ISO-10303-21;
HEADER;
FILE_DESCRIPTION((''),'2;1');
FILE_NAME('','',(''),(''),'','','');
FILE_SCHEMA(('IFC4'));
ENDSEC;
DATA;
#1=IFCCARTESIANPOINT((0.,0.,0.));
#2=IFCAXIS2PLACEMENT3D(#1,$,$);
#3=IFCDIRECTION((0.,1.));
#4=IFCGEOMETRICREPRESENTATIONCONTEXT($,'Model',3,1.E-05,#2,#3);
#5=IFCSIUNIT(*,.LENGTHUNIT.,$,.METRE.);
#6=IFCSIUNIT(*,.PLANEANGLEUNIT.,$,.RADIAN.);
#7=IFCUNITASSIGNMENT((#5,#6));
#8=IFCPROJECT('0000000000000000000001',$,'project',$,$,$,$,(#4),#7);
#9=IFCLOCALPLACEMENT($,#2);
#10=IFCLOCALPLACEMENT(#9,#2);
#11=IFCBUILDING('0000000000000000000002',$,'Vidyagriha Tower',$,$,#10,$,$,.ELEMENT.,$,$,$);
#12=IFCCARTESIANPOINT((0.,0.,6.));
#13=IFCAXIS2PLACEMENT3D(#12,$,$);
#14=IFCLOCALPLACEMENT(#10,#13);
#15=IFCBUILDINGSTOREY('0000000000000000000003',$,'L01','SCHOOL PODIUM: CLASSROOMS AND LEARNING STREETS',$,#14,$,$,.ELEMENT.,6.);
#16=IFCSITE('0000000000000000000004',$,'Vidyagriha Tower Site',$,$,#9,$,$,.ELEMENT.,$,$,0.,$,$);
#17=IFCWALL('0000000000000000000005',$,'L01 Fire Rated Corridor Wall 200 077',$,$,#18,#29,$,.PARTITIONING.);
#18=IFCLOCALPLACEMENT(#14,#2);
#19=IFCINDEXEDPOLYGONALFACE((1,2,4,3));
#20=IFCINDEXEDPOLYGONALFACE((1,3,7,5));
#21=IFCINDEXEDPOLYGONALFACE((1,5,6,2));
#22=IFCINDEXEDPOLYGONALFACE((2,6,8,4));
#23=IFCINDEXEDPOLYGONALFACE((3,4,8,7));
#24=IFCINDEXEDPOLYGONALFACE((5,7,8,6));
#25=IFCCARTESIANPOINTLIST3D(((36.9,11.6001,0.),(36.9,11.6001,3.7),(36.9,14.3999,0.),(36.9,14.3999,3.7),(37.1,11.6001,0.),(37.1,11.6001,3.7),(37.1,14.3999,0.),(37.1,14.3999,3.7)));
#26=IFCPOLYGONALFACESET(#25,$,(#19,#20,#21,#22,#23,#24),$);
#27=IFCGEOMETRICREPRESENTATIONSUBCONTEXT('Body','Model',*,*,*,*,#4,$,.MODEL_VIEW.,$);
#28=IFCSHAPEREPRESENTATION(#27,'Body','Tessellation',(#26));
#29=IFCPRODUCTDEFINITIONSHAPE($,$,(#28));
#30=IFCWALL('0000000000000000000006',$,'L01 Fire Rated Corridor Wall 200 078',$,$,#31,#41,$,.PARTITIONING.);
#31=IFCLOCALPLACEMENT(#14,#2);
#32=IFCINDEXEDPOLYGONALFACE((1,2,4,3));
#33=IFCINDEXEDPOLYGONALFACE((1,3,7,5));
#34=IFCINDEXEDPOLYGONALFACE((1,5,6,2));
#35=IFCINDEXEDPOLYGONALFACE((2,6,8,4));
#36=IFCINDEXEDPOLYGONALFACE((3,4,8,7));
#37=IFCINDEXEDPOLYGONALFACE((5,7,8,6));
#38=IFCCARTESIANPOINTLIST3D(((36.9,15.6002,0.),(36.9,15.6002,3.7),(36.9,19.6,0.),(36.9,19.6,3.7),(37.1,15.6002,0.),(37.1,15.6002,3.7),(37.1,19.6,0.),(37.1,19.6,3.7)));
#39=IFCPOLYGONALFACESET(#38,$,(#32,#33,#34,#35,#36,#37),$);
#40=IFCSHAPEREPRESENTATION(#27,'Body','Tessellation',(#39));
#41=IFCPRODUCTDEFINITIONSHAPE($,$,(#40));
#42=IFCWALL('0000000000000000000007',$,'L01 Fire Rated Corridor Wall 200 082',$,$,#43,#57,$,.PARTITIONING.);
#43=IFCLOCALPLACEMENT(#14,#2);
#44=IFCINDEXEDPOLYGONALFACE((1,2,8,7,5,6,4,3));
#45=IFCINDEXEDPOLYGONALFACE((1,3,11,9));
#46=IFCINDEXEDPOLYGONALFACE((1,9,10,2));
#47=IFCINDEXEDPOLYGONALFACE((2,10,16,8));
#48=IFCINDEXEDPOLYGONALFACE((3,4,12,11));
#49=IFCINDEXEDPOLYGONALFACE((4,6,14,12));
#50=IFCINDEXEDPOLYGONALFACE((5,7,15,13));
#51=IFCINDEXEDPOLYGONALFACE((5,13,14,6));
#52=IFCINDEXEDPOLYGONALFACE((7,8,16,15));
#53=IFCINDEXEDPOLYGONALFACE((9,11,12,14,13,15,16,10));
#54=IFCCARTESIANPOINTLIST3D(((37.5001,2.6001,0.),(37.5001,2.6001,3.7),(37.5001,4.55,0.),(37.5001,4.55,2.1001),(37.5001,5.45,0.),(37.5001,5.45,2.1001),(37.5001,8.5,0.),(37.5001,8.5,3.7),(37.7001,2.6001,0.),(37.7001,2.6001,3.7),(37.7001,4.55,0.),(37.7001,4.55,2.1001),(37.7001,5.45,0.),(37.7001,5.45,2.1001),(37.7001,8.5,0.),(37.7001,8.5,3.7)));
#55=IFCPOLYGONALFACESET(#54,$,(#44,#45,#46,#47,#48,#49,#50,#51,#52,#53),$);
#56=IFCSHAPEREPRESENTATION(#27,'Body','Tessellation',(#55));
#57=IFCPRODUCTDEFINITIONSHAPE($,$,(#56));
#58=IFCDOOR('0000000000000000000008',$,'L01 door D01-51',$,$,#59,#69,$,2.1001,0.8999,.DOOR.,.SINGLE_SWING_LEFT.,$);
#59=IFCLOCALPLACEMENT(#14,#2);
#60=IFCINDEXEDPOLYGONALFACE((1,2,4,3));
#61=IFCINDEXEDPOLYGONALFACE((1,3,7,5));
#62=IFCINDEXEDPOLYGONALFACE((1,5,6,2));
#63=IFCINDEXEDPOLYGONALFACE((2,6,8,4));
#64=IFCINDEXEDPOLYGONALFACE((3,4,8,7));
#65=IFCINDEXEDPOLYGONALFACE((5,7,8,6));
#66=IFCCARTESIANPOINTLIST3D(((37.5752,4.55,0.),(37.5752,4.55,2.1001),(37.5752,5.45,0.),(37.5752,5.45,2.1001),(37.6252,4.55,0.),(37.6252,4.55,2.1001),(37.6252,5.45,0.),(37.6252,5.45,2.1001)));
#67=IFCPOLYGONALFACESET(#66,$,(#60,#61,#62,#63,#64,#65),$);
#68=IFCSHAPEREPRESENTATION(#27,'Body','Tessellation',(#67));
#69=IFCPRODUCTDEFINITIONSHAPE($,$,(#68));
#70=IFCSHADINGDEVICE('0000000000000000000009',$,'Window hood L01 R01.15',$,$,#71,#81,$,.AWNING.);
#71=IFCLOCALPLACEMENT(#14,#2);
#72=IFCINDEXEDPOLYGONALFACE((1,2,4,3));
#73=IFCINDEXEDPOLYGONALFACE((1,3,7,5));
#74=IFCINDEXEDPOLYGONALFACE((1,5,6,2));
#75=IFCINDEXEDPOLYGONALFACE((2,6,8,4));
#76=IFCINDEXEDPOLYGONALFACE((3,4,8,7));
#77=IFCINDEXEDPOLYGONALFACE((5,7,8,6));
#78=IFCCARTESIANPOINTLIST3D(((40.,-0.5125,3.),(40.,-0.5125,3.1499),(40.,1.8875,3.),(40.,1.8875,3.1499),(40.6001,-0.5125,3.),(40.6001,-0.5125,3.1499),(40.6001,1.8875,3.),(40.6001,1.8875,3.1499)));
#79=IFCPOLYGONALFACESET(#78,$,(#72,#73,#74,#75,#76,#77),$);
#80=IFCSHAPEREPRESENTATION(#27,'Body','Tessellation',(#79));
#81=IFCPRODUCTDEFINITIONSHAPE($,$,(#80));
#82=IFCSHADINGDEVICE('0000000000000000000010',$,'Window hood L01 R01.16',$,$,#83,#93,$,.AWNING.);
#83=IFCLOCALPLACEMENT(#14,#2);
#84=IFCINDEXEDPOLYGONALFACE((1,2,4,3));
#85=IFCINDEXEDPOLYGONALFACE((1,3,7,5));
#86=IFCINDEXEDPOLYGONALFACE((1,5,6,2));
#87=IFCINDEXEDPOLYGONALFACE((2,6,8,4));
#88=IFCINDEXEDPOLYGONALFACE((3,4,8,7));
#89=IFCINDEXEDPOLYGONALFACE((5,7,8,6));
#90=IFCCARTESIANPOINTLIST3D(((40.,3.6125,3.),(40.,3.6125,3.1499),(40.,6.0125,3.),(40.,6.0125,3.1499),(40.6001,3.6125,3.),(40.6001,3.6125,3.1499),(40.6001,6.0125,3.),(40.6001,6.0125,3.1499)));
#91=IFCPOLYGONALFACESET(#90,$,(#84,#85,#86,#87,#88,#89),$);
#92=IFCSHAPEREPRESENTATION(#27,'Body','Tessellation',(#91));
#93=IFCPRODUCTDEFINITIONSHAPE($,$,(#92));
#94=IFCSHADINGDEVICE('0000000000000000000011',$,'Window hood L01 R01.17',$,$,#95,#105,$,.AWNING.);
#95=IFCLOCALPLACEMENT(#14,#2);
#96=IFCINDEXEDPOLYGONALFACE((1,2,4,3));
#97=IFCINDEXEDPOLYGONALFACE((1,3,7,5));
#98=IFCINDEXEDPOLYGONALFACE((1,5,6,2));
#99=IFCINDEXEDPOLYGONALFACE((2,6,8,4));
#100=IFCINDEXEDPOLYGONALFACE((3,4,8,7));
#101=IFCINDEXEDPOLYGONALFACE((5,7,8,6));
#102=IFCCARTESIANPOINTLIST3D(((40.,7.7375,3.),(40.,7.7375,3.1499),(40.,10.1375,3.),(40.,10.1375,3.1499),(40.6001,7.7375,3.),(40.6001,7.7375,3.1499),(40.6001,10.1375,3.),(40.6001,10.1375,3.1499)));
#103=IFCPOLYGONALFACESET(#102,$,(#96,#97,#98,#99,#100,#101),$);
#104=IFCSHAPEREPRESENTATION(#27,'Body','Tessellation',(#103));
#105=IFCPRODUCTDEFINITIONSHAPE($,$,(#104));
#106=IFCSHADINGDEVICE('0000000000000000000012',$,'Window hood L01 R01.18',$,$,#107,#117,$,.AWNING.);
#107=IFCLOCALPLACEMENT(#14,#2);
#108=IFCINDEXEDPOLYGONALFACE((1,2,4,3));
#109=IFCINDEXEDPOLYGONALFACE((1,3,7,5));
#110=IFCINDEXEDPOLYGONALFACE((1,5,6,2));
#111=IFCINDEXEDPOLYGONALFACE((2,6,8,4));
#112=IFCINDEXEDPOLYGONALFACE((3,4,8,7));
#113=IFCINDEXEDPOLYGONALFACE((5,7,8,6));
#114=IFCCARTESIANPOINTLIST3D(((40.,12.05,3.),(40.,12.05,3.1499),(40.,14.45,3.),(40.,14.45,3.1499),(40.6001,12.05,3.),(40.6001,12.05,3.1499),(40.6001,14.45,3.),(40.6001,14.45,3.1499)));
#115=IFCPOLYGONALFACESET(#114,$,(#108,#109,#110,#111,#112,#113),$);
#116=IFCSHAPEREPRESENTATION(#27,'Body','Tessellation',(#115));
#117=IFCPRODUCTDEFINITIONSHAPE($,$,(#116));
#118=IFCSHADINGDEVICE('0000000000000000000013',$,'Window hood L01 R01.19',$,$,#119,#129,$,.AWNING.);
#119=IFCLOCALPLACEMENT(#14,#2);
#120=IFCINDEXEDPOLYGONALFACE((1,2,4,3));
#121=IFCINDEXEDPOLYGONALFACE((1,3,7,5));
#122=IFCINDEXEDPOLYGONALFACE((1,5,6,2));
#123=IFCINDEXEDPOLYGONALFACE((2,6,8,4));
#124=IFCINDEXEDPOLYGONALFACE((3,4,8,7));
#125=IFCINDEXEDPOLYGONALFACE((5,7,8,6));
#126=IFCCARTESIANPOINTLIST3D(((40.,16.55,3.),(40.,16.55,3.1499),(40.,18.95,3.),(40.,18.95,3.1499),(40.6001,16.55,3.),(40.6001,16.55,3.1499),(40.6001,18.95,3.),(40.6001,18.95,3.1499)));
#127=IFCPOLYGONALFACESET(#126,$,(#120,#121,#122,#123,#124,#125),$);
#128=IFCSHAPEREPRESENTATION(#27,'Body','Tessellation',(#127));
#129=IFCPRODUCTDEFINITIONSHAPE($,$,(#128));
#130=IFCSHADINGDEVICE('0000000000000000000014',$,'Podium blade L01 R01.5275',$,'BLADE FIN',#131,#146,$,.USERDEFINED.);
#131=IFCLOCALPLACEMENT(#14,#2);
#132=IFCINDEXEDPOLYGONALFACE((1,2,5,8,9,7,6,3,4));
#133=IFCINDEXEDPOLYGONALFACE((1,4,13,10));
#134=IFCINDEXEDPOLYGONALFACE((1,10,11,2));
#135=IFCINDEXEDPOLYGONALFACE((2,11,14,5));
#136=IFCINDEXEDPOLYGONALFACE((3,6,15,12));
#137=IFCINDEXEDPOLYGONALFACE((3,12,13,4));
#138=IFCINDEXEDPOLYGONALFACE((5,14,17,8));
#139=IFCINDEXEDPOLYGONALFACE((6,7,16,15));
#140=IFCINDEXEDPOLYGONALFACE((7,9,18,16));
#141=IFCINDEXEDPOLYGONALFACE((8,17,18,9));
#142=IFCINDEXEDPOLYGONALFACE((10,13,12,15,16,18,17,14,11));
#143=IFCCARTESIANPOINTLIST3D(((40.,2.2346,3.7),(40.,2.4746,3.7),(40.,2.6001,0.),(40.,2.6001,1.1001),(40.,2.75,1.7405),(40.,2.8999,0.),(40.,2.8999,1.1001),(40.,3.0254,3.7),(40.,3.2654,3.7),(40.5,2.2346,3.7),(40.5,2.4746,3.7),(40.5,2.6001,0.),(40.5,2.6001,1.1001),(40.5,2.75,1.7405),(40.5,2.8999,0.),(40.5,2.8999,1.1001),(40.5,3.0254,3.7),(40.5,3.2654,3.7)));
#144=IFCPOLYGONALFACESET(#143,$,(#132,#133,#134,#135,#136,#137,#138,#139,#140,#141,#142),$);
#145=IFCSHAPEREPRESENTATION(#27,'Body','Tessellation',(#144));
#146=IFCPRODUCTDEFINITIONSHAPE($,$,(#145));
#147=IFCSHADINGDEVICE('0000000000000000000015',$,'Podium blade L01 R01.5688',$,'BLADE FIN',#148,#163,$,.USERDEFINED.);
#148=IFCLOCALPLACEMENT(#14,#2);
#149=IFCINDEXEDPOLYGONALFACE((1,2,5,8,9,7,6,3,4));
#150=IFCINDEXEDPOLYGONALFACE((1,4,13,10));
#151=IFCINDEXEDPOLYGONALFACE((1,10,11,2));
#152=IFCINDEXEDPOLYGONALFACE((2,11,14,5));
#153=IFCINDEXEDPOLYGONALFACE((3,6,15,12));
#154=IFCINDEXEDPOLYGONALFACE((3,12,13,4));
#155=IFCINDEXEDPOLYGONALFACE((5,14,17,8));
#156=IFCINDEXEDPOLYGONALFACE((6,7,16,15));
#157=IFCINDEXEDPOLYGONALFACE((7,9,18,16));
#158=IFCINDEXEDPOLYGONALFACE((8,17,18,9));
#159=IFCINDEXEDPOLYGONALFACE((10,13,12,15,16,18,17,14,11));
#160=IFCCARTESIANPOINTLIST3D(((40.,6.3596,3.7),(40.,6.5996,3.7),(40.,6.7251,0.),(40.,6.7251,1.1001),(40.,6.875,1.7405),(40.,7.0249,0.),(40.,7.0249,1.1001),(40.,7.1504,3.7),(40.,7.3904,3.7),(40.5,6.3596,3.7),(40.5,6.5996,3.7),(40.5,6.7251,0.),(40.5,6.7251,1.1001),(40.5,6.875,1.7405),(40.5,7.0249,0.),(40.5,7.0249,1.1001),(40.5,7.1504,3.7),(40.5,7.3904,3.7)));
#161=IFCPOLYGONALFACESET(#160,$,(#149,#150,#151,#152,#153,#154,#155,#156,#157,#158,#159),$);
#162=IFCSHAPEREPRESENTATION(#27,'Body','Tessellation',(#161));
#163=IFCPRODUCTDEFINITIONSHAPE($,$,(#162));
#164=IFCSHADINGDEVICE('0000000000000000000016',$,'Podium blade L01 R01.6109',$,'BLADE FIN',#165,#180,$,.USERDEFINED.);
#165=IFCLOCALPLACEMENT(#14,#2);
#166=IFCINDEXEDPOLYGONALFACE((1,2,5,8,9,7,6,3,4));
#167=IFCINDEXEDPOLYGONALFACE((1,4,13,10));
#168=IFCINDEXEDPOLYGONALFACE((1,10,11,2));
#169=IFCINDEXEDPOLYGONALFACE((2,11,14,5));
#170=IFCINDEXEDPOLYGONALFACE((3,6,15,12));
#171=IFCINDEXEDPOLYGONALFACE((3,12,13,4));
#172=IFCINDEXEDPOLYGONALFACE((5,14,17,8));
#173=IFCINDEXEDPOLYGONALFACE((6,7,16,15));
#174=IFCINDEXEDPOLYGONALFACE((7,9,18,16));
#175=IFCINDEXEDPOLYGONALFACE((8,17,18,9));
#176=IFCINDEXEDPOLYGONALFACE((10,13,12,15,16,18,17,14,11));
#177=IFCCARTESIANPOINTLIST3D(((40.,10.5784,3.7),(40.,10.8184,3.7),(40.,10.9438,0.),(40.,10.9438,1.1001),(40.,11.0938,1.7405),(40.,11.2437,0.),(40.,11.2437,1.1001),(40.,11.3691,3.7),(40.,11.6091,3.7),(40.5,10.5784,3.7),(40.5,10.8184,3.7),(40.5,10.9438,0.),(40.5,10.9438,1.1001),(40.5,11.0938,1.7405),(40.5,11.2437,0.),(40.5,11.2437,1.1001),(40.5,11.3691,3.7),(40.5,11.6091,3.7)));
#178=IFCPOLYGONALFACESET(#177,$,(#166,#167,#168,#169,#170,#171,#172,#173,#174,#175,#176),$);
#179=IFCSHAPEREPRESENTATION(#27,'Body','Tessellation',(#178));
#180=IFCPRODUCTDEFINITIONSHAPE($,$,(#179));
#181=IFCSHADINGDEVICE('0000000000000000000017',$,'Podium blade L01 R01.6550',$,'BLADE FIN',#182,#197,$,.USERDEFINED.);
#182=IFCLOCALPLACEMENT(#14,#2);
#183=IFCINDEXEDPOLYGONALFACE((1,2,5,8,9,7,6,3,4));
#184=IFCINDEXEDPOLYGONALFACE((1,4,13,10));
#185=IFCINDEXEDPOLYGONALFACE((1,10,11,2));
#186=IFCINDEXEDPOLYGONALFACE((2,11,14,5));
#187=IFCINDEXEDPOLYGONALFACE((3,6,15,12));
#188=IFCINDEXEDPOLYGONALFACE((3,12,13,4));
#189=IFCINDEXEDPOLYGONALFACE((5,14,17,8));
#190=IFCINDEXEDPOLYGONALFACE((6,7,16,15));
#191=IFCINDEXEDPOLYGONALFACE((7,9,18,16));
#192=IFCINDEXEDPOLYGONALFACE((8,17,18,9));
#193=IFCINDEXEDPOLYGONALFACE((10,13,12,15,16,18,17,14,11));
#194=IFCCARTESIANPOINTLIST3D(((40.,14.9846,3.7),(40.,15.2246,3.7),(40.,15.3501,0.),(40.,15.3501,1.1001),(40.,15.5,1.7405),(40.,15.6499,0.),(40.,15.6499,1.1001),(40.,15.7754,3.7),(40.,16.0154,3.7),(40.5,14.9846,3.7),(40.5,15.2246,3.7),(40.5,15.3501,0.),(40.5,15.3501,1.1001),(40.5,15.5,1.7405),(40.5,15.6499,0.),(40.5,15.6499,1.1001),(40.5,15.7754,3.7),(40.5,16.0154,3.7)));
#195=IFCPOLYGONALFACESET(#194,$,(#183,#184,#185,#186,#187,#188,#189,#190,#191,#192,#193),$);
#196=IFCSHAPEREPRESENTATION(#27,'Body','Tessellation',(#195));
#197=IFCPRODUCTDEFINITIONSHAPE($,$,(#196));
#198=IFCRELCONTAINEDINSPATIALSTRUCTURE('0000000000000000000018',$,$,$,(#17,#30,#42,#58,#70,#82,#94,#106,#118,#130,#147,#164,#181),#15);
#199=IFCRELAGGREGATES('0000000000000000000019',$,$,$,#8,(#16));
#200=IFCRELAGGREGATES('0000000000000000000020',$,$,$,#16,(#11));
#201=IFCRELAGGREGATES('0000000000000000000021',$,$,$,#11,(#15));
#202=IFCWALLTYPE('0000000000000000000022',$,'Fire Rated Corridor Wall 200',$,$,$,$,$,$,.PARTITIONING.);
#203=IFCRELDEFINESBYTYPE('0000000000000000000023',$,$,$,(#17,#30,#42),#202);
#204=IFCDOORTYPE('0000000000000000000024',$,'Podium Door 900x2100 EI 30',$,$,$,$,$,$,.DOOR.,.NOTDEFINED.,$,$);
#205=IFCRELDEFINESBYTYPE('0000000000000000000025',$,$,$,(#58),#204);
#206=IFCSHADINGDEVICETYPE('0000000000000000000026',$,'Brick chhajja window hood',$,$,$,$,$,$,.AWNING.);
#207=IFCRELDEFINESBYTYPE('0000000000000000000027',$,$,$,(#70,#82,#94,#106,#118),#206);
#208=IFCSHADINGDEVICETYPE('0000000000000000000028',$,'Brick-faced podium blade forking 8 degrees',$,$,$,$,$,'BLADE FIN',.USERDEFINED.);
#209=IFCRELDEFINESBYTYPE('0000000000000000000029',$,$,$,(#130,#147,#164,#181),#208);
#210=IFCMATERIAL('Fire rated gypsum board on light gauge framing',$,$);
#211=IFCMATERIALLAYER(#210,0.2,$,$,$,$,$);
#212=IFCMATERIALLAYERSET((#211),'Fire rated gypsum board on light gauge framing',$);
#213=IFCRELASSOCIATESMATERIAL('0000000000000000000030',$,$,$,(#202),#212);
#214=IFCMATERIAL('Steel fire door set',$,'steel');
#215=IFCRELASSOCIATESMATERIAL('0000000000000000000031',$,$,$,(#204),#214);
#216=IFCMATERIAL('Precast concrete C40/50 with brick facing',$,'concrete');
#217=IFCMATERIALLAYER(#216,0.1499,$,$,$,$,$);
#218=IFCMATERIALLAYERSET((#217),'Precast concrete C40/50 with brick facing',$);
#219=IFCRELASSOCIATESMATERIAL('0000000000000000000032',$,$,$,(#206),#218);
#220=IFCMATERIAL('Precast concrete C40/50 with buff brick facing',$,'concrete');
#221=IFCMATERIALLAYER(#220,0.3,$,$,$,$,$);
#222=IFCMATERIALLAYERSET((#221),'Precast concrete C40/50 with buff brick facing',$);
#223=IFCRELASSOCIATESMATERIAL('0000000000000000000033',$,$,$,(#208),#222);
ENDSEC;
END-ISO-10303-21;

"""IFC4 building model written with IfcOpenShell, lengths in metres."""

from ifc_helpers import new_model, si_unit, direction, frame, frame_2d, origin, origin_2d, place, context, subcontext, project, spatial, polyline, rectangle, outline, extrude, material, layer, layer_set, type_object, element, fill, save


model = new_model("IFC4")

# Units and contexts
model_context = context("Model", 3, precision=1e-05, world=origin(), true_north=direction((0.0, 1.0)))
body_context = subcontext(model_context, "Body", "Model", "MODEL_VIEW")
ifc_project = project(units=[si_unit("LENGTHUNIT", "METRE"), si_unit("PLANEANGLEUNIT", "RADIAN")], contexts=[model_context])

# Site, building, storey
site_placement = place(None, origin())
site = spatial("IfcSite", under=ifc_project, at=site_placement, Name="Vidyagriha Tower Site", CompositionType="ELEMENT", RefElevation=0.0)
building_placement = place(site_placement, origin())
building = spatial("IfcBuilding", under=site, at=building_placement, Name="Vidyagriha Tower", CompositionType="ELEMENT")
storey_placement = place(building_placement, frame((0.0, 0.0, 6.0)))
storey = spatial("IfcBuildingStorey", under=building, at=storey_placement, Name="L01", Description="SCHOOL PODIUM: CLASSROOMS AND LEARNING STREETS", CompositionType="ELEMENT", Elevation=6.0)

# Shared definitions
ifc_material_1 = material(Name="Fire rated gypsum board on light gauge framing")
ifc_layer_1 = layer(ifc_material_1, 0.2)
ifc_layer_set_1 = layer_set([ifc_layer_1], Name="Fire rated gypsum board on light gauge framing")
wall_type_1 = type_object("IfcWallType", Name="Fire Rated Corridor Wall 200", PredefinedType="PARTITIONING", material=ifc_layer_set_1)

# Shared definitions
ifc_material_2 = material(Name="Steel fire door set", Category="steel")
door_type = type_object("IfcDoorType", Name="Podium Door 900x2100 EI 30", OperationType="NOTDEFINED", PredefinedType="DOOR", material=ifc_material_2)

# Walls
wall_1_placement = place(storey_placement, frame((37.0, 11.6001, 0.0), z_axis=(0.0, 0.0, 1.0), x_axis=(0.0, 1.0, 0.0)))
element("IfcWall", 1, at=wall_1_placement, inside=storey, type_object=wall_type_1, Name="L01 Fire Rated Corridor Wall 200 077", PredefinedType="PARTITIONING", context=body_context, shape_type="SweptSolid", body=[
    extrude(rectangle(XDim=2.7998, YDim=0.2, at=frame_2d((1.3999, 0.0))), origin(), (0.0, 0.0, 1.0), 3.7),
])
wall_2_placement = place(storey_placement, frame((37.0, 15.6001, 0.0), z_axis=(0.0, 0.0, 1.0), x_axis=(0.0, 1.0, 0.0)))
element("IfcWall", 2, at=wall_2_placement, inside=storey, type_object=wall_type_1, Name="L01 Fire Rated Corridor Wall 200 078", PredefinedType="PARTITIONING", context=body_context, shape_type="SweptSolid", body=[
    extrude(rectangle(XDim=3.9998, YDim=0.2, at=frame_2d((2.0, 0.0))), origin(), (0.0, 0.0, 1.0), 3.7),
])

# Wall, opening, door
wall_3_placement = place(storey_placement, frame((37.6001, 2.6001, 0.0), z_axis=(0.0, 0.0, 1.0), x_axis=(0.0, 1.0, 0.0)))
wall_3 = element("IfcWall", 3, at=wall_3_placement, inside=storey, type_object=wall_type_1, Name="L01 Fire Rated Corridor Wall 200 082", PredefinedType="PARTITIONING", context=body_context, shape_type="SweptSolid", body=[
    extrude(rectangle(XDim=5.8999, YDim=0.2, at=frame_2d((2.95, 0.0))), origin(), (0.0, 0.0, 1.0), 3.7),
])
opening_1_placement = place(wall_3_placement, frame((1.95, 0.0, 0.0)))
opening_1 = element("IfcOpeningElement", 4, at=opening_1_placement, cuts=wall_3, PredefinedType="OPENING", context=body_context, shape_type="SweptSolid", body=[
    extrude(rectangle(XDim=0.8999, YDim=2.1001, at=frame_2d((0.45, 1.05))), frame((0.0, 0.1099, 0.0), z_axis=(0.0, -1.0, 0.0), x_axis=(1.0, 0.0, 0.0)), (0.0, 0.0, 1.0), 0.22),
])
door_1_placement = place(opening_1_placement, origin())
door_1 = element("IfcDoor", 5, at=door_1_placement, inside=storey, type_object=door_type, Name="L01 door D01-51", OperationType="SINGLE_SWING_LEFT", OverallHeight=2.1001, OverallWidth=0.8999, PredefinedType="DOOR", context=body_context, shape_type="SweptSolid", body=[
    extrude(rectangle(XDim=0.8999, YDim=2.1001, at=frame_2d((0.45, 1.05))), frame((0.0, 0.0249, 0.0), z_axis=(0.0, -1.0, 0.0), x_axis=(1.0, 0.0, 0.0)), (0.0, 0.0, 1.0), 0.05),
])
fill(opening_1, door_1)

# Shading devices
ifc_material_3 = material(Name="Precast concrete C40/50 with brick facing", Category="concrete")
ifc_layer_2 = layer(ifc_material_3, 0.1499)
ifc_layer_set_2 = layer_set([ifc_layer_2], Name="Precast concrete C40/50 with brick facing")
shading_device_type_1 = type_object("IfcShadingDeviceType", Name="Brick chhajja window hood", PredefinedType="AWNING", material=ifc_layer_set_2)
for number, where, z_axis, x_axis, name in (
    (6, (40.3, 0.6875, 3.0), (0.0, 0.0, 1.0), (0.0, 1.0, 0.0), "Window hood L01 R01.15"),
    (7, (40.3, 4.8125, 3.0), (0.0, 0.0, 1.0), (0.0, 1.0, 0.0), "Window hood L01 R01.16"),
    (8, (40.3, 8.9375, 3.0), (0.0, 0.0, 1.0), (0.0, 1.0, 0.0), "Window hood L01 R01.17"),
    (9, (40.3, 13.25, 3.0), (0.0, 0.0, 1.0), (0.0, 1.0, 0.0), "Window hood L01 R01.18"),
    (10, (40.3, 17.75, 3.0), (0.0, 0.0, 1.0), (0.0, 1.0, 0.0), "Window hood L01 R01.19"),
):
    element("IfcShadingDevice", number, at=place(storey_placement, frame(where, z_axis=z_axis, x_axis=x_axis)), inside=storey, type_object=shading_device_type_1, Name=name, PredefinedType="AWNING", context=body_context, shape_type="SweptSolid", body=[
        extrude(rectangle(XDim=2.3999, YDim=0.6001, at=origin_2d()), origin(), (0.0, 0.0, 1.0), 0.1499),
    ])
ifc_material_4 = material(Name="Precast concrete C40/50 with buff brick facing", Category="concrete")
ifc_layer_3 = layer(ifc_material_4, 0.3)
ifc_layer_set_3 = layer_set([ifc_layer_3], Name="Precast concrete C40/50 with buff brick facing")
shading_device_type_2 = type_object("IfcShadingDeviceType", Name="Brick-faced podium blade forking 8 degrees", ElementType="BLADE FIN", PredefinedType="USERDEFINED", material=ifc_layer_set_3)
for number, where, z_axis, x_axis, name in (
    (11, (40.25, 2.2346, 0.0), (0.0, 0.0, 1.0), (0.0, 1.0, 0.0), "Podium blade L01 R01.5275"),
    (12, (40.25, 6.3596, 0.0), (0.0, 0.0, 1.0), (0.0, 1.0, 0.0), "Podium blade L01 R01.5688"),
    (13, (40.25, 10.5784, 0.0), (0.0, 0.0, 1.0), (0.0, 1.0, 0.0), "Podium blade L01 R01.6109"),
    (14, (40.25, 14.9846, 0.0), (0.0, 0.0, 1.0), (0.0, 1.0, 0.0), "Podium blade L01 R01.6550"),
):
    element("IfcShadingDevice", number, at=place(storey_placement, frame(where, z_axis=z_axis, x_axis=x_axis)), inside=storey, type_object=shading_device_type_2, Name=name, ObjectType="BLADE FIN", PredefinedType="USERDEFINED", context=body_context, shape_type="SweptSolid", body=[
        extrude(outline(polyline([(0.6653, 0.0), (0.6653, 1.1001), (1.0308, 3.7), (0.7908, 3.7), (0.5154, 1.7405), (0.24, 3.7), (0.0, 3.7), (0.3655, 1.1001), (0.3655, 0.0), (0.6653, 0.0)])), frame((0.0, 0.25, 0.0), z_axis=(0.0, -1.0, 0.0), x_axis=(1.0, 0.0, 0.0)), (0.0, 0.0, 1.0), 0.5),
    ])

save(model, "model.ifc")
